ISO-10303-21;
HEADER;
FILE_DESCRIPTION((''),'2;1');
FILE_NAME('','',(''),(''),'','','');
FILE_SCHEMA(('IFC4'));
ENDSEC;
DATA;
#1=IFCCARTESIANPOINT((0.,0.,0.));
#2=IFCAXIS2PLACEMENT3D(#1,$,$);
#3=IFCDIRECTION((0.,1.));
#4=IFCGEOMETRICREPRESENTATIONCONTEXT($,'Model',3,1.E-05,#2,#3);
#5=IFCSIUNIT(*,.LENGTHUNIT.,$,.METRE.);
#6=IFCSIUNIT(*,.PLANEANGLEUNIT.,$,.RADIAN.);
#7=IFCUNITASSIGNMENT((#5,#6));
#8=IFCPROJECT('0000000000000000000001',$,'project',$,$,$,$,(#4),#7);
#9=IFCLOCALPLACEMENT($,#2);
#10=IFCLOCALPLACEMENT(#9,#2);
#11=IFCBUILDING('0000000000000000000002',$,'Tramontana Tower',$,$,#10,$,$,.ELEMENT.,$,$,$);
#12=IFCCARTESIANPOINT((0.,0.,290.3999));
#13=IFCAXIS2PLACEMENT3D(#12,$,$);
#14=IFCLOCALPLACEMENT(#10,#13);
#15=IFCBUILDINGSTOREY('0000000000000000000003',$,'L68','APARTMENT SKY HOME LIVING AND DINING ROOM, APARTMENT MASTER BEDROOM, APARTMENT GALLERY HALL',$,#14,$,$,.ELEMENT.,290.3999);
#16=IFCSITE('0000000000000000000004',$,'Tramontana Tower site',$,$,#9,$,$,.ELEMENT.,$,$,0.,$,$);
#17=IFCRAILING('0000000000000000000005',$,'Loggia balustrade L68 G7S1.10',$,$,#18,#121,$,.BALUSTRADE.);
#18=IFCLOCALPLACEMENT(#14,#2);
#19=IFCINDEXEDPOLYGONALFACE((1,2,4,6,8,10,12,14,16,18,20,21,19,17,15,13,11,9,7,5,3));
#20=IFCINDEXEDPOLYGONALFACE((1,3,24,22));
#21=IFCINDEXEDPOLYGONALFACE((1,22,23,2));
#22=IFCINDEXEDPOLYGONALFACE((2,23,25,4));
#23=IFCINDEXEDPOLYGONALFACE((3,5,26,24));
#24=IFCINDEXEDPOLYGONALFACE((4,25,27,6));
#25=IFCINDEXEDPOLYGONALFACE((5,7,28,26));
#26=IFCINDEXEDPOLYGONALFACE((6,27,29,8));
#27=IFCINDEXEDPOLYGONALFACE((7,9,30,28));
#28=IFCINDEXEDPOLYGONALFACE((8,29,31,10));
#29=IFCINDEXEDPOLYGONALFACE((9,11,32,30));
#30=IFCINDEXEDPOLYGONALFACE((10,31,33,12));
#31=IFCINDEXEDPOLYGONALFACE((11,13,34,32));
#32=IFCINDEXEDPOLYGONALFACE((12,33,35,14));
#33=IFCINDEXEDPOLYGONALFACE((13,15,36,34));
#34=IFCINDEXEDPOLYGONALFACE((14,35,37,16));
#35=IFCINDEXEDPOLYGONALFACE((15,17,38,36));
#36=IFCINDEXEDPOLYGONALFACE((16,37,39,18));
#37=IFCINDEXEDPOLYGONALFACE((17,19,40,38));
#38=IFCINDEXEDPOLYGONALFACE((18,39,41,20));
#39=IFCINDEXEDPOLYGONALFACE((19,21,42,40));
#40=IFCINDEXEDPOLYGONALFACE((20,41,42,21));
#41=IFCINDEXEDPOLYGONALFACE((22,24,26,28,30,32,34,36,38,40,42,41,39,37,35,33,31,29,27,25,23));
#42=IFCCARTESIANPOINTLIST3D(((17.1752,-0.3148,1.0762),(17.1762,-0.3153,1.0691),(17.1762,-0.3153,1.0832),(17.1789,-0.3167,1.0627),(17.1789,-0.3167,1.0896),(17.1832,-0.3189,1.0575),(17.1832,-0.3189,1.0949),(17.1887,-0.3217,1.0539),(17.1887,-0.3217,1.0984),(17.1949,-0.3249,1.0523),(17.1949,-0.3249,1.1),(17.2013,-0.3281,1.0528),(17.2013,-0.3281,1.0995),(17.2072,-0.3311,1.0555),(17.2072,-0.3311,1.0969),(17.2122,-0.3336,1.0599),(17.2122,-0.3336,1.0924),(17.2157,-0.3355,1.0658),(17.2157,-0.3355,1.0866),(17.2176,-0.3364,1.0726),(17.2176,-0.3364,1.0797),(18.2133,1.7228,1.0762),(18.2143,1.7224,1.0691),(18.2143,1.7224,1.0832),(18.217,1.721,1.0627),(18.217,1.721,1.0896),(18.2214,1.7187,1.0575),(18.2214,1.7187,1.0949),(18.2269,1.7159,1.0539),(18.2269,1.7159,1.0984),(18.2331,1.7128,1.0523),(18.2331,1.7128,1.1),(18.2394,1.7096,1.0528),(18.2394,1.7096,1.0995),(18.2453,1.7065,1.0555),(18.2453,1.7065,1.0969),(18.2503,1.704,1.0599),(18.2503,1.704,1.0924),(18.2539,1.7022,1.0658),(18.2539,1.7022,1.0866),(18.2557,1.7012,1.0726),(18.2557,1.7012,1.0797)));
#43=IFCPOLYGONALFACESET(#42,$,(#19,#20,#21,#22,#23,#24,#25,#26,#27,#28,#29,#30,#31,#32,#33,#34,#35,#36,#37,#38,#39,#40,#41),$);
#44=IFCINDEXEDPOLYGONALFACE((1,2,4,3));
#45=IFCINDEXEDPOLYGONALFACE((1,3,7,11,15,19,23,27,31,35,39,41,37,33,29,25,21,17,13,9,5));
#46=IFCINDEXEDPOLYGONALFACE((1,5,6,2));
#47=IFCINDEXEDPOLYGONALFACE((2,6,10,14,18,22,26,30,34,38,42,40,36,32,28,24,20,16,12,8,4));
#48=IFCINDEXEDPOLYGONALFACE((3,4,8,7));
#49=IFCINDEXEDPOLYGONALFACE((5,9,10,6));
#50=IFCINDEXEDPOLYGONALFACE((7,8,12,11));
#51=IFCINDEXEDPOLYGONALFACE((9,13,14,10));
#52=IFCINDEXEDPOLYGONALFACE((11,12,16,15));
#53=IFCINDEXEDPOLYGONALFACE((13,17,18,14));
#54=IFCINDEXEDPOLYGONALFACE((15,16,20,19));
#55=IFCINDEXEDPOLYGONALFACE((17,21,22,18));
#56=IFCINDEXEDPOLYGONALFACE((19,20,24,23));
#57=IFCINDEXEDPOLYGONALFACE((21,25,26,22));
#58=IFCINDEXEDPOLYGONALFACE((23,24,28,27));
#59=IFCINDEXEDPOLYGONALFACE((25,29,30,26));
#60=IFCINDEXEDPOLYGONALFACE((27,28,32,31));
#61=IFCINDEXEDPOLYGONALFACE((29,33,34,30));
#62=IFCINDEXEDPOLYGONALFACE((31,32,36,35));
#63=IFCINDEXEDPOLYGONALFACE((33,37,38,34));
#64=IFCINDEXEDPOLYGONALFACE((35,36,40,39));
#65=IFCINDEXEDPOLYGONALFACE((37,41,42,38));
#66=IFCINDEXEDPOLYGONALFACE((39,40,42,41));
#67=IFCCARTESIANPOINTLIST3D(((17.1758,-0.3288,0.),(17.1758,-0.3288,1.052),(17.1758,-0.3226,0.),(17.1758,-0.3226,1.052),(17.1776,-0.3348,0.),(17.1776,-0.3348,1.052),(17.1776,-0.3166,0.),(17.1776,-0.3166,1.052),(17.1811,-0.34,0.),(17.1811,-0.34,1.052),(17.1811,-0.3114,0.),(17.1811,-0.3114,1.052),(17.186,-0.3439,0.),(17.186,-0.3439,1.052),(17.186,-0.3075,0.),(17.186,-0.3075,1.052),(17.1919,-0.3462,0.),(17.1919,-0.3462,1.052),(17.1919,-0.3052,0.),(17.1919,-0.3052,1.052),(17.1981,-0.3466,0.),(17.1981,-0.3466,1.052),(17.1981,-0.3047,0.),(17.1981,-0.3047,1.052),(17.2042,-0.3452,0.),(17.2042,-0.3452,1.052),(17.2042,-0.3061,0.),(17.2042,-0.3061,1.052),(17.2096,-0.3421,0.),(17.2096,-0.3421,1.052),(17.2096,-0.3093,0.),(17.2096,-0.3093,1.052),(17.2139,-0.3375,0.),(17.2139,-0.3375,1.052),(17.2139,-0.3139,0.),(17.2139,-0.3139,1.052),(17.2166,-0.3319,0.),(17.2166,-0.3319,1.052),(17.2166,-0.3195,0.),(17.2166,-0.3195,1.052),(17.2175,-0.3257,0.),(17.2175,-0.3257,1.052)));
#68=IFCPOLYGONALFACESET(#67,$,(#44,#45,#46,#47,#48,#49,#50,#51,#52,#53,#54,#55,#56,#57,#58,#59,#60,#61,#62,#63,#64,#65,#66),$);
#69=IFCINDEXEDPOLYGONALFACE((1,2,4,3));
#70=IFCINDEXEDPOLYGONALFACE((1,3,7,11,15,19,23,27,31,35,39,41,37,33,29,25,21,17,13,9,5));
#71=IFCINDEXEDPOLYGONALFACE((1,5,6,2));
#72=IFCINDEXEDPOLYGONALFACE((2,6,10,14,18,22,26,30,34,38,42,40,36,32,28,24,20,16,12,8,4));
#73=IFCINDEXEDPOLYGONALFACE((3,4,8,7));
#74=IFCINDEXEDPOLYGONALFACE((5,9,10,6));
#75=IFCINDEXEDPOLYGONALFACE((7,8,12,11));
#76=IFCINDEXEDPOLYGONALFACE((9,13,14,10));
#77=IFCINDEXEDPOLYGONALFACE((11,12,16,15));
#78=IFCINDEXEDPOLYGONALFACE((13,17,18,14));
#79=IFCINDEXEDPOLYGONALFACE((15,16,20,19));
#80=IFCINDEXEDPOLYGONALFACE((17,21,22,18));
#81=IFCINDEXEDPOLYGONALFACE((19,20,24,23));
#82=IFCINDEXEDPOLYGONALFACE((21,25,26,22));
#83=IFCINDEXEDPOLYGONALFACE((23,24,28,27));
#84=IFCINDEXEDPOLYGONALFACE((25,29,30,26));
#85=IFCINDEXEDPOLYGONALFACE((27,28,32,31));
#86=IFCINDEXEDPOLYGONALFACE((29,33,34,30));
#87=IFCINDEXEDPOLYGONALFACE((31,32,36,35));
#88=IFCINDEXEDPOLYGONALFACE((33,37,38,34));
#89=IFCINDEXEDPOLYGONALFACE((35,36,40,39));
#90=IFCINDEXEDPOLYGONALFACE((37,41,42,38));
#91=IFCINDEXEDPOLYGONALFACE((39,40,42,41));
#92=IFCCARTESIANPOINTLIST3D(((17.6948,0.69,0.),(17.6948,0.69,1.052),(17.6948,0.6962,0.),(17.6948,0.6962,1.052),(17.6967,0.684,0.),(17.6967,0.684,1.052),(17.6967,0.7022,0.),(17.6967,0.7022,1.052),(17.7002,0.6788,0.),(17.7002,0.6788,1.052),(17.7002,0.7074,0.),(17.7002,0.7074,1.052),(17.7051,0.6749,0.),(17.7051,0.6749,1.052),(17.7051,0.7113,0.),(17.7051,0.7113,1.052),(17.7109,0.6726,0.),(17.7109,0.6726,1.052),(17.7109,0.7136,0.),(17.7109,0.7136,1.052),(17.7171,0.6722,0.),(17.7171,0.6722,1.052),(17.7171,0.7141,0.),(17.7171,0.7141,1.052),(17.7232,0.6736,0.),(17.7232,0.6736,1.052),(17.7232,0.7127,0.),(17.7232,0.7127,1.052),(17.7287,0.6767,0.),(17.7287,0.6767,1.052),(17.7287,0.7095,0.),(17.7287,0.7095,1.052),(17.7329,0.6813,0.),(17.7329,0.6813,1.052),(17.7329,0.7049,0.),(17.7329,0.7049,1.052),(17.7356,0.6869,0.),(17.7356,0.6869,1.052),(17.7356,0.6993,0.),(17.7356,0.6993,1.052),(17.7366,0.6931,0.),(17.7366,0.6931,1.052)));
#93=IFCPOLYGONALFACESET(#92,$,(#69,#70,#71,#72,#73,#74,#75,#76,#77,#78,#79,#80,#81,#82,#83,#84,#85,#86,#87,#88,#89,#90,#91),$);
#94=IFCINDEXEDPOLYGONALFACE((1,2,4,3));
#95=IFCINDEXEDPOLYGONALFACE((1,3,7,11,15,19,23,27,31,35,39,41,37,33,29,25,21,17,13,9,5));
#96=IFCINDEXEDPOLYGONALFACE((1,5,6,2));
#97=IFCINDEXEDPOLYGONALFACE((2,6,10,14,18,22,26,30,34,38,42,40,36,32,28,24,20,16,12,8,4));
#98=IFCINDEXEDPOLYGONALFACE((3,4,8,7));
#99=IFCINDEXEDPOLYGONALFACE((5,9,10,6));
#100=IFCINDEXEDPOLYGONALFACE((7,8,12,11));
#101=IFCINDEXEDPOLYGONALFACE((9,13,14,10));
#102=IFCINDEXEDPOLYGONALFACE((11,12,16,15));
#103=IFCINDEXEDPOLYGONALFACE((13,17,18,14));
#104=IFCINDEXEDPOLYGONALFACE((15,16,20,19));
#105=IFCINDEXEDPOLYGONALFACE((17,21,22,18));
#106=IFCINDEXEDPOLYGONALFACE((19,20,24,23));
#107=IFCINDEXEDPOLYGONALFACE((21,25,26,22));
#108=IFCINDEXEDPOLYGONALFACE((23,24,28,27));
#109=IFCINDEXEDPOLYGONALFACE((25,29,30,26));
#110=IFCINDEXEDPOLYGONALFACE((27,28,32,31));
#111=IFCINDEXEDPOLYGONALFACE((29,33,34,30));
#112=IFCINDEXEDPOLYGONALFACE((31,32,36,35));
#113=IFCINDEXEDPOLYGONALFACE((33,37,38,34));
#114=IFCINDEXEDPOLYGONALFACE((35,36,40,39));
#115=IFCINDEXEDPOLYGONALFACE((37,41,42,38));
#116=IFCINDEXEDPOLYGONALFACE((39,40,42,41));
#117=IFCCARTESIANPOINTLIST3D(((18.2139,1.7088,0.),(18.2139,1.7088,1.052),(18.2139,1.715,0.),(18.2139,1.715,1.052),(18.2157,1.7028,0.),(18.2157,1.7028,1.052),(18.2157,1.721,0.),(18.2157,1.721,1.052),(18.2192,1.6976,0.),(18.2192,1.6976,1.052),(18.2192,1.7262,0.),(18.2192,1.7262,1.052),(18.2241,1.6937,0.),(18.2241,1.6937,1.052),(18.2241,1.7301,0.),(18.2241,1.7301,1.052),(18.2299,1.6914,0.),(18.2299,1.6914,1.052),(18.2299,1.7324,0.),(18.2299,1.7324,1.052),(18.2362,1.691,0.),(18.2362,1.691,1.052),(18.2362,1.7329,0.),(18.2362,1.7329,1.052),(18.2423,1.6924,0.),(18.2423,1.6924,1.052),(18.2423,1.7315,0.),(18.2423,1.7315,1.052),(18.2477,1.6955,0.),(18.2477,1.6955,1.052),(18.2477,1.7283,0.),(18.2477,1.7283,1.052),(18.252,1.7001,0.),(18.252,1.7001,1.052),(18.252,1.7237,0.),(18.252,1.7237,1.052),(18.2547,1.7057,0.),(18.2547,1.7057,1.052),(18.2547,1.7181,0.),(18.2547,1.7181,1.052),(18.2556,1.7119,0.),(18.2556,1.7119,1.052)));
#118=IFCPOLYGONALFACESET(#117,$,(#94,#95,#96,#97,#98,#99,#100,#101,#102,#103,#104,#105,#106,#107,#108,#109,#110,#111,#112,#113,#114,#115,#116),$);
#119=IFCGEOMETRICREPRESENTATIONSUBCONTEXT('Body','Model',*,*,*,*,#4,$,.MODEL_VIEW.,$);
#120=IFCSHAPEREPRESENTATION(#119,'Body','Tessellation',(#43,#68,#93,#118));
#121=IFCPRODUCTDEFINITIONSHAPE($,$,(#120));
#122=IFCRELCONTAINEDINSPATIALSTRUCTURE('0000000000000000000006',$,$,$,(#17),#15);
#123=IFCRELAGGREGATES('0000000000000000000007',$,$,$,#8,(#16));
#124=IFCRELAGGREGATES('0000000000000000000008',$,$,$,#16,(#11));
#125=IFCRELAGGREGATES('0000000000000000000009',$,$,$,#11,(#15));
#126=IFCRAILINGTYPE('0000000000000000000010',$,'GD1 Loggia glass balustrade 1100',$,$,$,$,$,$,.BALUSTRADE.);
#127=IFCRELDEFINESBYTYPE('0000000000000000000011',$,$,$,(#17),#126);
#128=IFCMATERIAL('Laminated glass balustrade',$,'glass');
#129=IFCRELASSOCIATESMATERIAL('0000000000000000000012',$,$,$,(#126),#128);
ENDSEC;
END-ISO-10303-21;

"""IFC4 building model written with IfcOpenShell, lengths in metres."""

from ifc_helpers import new_model, si_unit, direction, frame, origin, origin_2d, place, context, subcontext, project, spatial, circle, extrude, material, type_object, element, save


model = new_model("IFC4")

# Units and contexts
model_context = context("Model", 3, precision=1e-05, world=origin(), true_north=direction((0.0, 1.0)))
body_context = subcontext(model_context, "Body", "Model", "MODEL_VIEW")
ifc_project = project(units=[si_unit("LENGTHUNIT", "METRE"), si_unit("PLANEANGLEUNIT", "RADIAN")], contexts=[model_context])

# Site, building, storey
site_placement = place(None, origin())
site = spatial("IfcSite", under=ifc_project, at=site_placement, Name="Tramontana Tower site", CompositionType="ELEMENT", RefElevation=0.0)
building_placement = place(site_placement, origin())
building = spatial("IfcBuilding", under=site, at=building_placement, Name="Tramontana Tower", CompositionType="ELEMENT")
storey_placement = place(building_placement, frame((0.0, 0.0, 290.3999)))
storey = spatial("IfcBuildingStorey", under=building, at=storey_placement, Name="L68", Description="APARTMENT SKY HOME LIVING AND DINING ROOM, APARTMENT MASTER BEDROOM, APARTMENT GALLERY HALL", CompositionType="ELEMENT", Elevation=290.3999)

# Railing
ifc_material_1 = material(Name="Laminated glass balustrade", Category="glass")
railing_type_1 = type_object("IfcRailingType", Name="GD1 Loggia glass balustrade 1100", PredefinedType="BALUSTRADE", material=ifc_material_1)
railing_1_placement = place(storey_placement, frame((17.1965, -0.3257, 0.0)))
element("IfcRailing", 1, at=railing_1_placement, inside=storey, type_object=railing_type_1, Name="Loggia balustrade L68 G7S1.10", PredefinedType="BALUSTRADE", context=body_context, shape_type="SweptSolid", body=[
    extrude(circle(Radius=0.0239, at=origin_2d()), frame((0.0, 0.0, 1.0762), z_axis=(0.453948, 0.891028, 0.0), x_axis=(-0.891028, 0.453948, 0.0)), (0.0, 0.0, 1.0), 2.2869),
    extrude(circle(Radius=0.021, at=origin_2d()), origin(), (0.0, 0.0, 1.0), 1.052),
    extrude(circle(Radius=0.021, at=origin_2d()), frame((0.519, 1.0188, 0.0)), (0.0, 0.0, 1.0), 1.052),
    extrude(circle(Radius=0.021, at=origin_2d()), frame((1.0381, 2.0376, 0.0)), (0.0, 0.0, 1.0), 1.052),
])

save(model, "model.ifc")
